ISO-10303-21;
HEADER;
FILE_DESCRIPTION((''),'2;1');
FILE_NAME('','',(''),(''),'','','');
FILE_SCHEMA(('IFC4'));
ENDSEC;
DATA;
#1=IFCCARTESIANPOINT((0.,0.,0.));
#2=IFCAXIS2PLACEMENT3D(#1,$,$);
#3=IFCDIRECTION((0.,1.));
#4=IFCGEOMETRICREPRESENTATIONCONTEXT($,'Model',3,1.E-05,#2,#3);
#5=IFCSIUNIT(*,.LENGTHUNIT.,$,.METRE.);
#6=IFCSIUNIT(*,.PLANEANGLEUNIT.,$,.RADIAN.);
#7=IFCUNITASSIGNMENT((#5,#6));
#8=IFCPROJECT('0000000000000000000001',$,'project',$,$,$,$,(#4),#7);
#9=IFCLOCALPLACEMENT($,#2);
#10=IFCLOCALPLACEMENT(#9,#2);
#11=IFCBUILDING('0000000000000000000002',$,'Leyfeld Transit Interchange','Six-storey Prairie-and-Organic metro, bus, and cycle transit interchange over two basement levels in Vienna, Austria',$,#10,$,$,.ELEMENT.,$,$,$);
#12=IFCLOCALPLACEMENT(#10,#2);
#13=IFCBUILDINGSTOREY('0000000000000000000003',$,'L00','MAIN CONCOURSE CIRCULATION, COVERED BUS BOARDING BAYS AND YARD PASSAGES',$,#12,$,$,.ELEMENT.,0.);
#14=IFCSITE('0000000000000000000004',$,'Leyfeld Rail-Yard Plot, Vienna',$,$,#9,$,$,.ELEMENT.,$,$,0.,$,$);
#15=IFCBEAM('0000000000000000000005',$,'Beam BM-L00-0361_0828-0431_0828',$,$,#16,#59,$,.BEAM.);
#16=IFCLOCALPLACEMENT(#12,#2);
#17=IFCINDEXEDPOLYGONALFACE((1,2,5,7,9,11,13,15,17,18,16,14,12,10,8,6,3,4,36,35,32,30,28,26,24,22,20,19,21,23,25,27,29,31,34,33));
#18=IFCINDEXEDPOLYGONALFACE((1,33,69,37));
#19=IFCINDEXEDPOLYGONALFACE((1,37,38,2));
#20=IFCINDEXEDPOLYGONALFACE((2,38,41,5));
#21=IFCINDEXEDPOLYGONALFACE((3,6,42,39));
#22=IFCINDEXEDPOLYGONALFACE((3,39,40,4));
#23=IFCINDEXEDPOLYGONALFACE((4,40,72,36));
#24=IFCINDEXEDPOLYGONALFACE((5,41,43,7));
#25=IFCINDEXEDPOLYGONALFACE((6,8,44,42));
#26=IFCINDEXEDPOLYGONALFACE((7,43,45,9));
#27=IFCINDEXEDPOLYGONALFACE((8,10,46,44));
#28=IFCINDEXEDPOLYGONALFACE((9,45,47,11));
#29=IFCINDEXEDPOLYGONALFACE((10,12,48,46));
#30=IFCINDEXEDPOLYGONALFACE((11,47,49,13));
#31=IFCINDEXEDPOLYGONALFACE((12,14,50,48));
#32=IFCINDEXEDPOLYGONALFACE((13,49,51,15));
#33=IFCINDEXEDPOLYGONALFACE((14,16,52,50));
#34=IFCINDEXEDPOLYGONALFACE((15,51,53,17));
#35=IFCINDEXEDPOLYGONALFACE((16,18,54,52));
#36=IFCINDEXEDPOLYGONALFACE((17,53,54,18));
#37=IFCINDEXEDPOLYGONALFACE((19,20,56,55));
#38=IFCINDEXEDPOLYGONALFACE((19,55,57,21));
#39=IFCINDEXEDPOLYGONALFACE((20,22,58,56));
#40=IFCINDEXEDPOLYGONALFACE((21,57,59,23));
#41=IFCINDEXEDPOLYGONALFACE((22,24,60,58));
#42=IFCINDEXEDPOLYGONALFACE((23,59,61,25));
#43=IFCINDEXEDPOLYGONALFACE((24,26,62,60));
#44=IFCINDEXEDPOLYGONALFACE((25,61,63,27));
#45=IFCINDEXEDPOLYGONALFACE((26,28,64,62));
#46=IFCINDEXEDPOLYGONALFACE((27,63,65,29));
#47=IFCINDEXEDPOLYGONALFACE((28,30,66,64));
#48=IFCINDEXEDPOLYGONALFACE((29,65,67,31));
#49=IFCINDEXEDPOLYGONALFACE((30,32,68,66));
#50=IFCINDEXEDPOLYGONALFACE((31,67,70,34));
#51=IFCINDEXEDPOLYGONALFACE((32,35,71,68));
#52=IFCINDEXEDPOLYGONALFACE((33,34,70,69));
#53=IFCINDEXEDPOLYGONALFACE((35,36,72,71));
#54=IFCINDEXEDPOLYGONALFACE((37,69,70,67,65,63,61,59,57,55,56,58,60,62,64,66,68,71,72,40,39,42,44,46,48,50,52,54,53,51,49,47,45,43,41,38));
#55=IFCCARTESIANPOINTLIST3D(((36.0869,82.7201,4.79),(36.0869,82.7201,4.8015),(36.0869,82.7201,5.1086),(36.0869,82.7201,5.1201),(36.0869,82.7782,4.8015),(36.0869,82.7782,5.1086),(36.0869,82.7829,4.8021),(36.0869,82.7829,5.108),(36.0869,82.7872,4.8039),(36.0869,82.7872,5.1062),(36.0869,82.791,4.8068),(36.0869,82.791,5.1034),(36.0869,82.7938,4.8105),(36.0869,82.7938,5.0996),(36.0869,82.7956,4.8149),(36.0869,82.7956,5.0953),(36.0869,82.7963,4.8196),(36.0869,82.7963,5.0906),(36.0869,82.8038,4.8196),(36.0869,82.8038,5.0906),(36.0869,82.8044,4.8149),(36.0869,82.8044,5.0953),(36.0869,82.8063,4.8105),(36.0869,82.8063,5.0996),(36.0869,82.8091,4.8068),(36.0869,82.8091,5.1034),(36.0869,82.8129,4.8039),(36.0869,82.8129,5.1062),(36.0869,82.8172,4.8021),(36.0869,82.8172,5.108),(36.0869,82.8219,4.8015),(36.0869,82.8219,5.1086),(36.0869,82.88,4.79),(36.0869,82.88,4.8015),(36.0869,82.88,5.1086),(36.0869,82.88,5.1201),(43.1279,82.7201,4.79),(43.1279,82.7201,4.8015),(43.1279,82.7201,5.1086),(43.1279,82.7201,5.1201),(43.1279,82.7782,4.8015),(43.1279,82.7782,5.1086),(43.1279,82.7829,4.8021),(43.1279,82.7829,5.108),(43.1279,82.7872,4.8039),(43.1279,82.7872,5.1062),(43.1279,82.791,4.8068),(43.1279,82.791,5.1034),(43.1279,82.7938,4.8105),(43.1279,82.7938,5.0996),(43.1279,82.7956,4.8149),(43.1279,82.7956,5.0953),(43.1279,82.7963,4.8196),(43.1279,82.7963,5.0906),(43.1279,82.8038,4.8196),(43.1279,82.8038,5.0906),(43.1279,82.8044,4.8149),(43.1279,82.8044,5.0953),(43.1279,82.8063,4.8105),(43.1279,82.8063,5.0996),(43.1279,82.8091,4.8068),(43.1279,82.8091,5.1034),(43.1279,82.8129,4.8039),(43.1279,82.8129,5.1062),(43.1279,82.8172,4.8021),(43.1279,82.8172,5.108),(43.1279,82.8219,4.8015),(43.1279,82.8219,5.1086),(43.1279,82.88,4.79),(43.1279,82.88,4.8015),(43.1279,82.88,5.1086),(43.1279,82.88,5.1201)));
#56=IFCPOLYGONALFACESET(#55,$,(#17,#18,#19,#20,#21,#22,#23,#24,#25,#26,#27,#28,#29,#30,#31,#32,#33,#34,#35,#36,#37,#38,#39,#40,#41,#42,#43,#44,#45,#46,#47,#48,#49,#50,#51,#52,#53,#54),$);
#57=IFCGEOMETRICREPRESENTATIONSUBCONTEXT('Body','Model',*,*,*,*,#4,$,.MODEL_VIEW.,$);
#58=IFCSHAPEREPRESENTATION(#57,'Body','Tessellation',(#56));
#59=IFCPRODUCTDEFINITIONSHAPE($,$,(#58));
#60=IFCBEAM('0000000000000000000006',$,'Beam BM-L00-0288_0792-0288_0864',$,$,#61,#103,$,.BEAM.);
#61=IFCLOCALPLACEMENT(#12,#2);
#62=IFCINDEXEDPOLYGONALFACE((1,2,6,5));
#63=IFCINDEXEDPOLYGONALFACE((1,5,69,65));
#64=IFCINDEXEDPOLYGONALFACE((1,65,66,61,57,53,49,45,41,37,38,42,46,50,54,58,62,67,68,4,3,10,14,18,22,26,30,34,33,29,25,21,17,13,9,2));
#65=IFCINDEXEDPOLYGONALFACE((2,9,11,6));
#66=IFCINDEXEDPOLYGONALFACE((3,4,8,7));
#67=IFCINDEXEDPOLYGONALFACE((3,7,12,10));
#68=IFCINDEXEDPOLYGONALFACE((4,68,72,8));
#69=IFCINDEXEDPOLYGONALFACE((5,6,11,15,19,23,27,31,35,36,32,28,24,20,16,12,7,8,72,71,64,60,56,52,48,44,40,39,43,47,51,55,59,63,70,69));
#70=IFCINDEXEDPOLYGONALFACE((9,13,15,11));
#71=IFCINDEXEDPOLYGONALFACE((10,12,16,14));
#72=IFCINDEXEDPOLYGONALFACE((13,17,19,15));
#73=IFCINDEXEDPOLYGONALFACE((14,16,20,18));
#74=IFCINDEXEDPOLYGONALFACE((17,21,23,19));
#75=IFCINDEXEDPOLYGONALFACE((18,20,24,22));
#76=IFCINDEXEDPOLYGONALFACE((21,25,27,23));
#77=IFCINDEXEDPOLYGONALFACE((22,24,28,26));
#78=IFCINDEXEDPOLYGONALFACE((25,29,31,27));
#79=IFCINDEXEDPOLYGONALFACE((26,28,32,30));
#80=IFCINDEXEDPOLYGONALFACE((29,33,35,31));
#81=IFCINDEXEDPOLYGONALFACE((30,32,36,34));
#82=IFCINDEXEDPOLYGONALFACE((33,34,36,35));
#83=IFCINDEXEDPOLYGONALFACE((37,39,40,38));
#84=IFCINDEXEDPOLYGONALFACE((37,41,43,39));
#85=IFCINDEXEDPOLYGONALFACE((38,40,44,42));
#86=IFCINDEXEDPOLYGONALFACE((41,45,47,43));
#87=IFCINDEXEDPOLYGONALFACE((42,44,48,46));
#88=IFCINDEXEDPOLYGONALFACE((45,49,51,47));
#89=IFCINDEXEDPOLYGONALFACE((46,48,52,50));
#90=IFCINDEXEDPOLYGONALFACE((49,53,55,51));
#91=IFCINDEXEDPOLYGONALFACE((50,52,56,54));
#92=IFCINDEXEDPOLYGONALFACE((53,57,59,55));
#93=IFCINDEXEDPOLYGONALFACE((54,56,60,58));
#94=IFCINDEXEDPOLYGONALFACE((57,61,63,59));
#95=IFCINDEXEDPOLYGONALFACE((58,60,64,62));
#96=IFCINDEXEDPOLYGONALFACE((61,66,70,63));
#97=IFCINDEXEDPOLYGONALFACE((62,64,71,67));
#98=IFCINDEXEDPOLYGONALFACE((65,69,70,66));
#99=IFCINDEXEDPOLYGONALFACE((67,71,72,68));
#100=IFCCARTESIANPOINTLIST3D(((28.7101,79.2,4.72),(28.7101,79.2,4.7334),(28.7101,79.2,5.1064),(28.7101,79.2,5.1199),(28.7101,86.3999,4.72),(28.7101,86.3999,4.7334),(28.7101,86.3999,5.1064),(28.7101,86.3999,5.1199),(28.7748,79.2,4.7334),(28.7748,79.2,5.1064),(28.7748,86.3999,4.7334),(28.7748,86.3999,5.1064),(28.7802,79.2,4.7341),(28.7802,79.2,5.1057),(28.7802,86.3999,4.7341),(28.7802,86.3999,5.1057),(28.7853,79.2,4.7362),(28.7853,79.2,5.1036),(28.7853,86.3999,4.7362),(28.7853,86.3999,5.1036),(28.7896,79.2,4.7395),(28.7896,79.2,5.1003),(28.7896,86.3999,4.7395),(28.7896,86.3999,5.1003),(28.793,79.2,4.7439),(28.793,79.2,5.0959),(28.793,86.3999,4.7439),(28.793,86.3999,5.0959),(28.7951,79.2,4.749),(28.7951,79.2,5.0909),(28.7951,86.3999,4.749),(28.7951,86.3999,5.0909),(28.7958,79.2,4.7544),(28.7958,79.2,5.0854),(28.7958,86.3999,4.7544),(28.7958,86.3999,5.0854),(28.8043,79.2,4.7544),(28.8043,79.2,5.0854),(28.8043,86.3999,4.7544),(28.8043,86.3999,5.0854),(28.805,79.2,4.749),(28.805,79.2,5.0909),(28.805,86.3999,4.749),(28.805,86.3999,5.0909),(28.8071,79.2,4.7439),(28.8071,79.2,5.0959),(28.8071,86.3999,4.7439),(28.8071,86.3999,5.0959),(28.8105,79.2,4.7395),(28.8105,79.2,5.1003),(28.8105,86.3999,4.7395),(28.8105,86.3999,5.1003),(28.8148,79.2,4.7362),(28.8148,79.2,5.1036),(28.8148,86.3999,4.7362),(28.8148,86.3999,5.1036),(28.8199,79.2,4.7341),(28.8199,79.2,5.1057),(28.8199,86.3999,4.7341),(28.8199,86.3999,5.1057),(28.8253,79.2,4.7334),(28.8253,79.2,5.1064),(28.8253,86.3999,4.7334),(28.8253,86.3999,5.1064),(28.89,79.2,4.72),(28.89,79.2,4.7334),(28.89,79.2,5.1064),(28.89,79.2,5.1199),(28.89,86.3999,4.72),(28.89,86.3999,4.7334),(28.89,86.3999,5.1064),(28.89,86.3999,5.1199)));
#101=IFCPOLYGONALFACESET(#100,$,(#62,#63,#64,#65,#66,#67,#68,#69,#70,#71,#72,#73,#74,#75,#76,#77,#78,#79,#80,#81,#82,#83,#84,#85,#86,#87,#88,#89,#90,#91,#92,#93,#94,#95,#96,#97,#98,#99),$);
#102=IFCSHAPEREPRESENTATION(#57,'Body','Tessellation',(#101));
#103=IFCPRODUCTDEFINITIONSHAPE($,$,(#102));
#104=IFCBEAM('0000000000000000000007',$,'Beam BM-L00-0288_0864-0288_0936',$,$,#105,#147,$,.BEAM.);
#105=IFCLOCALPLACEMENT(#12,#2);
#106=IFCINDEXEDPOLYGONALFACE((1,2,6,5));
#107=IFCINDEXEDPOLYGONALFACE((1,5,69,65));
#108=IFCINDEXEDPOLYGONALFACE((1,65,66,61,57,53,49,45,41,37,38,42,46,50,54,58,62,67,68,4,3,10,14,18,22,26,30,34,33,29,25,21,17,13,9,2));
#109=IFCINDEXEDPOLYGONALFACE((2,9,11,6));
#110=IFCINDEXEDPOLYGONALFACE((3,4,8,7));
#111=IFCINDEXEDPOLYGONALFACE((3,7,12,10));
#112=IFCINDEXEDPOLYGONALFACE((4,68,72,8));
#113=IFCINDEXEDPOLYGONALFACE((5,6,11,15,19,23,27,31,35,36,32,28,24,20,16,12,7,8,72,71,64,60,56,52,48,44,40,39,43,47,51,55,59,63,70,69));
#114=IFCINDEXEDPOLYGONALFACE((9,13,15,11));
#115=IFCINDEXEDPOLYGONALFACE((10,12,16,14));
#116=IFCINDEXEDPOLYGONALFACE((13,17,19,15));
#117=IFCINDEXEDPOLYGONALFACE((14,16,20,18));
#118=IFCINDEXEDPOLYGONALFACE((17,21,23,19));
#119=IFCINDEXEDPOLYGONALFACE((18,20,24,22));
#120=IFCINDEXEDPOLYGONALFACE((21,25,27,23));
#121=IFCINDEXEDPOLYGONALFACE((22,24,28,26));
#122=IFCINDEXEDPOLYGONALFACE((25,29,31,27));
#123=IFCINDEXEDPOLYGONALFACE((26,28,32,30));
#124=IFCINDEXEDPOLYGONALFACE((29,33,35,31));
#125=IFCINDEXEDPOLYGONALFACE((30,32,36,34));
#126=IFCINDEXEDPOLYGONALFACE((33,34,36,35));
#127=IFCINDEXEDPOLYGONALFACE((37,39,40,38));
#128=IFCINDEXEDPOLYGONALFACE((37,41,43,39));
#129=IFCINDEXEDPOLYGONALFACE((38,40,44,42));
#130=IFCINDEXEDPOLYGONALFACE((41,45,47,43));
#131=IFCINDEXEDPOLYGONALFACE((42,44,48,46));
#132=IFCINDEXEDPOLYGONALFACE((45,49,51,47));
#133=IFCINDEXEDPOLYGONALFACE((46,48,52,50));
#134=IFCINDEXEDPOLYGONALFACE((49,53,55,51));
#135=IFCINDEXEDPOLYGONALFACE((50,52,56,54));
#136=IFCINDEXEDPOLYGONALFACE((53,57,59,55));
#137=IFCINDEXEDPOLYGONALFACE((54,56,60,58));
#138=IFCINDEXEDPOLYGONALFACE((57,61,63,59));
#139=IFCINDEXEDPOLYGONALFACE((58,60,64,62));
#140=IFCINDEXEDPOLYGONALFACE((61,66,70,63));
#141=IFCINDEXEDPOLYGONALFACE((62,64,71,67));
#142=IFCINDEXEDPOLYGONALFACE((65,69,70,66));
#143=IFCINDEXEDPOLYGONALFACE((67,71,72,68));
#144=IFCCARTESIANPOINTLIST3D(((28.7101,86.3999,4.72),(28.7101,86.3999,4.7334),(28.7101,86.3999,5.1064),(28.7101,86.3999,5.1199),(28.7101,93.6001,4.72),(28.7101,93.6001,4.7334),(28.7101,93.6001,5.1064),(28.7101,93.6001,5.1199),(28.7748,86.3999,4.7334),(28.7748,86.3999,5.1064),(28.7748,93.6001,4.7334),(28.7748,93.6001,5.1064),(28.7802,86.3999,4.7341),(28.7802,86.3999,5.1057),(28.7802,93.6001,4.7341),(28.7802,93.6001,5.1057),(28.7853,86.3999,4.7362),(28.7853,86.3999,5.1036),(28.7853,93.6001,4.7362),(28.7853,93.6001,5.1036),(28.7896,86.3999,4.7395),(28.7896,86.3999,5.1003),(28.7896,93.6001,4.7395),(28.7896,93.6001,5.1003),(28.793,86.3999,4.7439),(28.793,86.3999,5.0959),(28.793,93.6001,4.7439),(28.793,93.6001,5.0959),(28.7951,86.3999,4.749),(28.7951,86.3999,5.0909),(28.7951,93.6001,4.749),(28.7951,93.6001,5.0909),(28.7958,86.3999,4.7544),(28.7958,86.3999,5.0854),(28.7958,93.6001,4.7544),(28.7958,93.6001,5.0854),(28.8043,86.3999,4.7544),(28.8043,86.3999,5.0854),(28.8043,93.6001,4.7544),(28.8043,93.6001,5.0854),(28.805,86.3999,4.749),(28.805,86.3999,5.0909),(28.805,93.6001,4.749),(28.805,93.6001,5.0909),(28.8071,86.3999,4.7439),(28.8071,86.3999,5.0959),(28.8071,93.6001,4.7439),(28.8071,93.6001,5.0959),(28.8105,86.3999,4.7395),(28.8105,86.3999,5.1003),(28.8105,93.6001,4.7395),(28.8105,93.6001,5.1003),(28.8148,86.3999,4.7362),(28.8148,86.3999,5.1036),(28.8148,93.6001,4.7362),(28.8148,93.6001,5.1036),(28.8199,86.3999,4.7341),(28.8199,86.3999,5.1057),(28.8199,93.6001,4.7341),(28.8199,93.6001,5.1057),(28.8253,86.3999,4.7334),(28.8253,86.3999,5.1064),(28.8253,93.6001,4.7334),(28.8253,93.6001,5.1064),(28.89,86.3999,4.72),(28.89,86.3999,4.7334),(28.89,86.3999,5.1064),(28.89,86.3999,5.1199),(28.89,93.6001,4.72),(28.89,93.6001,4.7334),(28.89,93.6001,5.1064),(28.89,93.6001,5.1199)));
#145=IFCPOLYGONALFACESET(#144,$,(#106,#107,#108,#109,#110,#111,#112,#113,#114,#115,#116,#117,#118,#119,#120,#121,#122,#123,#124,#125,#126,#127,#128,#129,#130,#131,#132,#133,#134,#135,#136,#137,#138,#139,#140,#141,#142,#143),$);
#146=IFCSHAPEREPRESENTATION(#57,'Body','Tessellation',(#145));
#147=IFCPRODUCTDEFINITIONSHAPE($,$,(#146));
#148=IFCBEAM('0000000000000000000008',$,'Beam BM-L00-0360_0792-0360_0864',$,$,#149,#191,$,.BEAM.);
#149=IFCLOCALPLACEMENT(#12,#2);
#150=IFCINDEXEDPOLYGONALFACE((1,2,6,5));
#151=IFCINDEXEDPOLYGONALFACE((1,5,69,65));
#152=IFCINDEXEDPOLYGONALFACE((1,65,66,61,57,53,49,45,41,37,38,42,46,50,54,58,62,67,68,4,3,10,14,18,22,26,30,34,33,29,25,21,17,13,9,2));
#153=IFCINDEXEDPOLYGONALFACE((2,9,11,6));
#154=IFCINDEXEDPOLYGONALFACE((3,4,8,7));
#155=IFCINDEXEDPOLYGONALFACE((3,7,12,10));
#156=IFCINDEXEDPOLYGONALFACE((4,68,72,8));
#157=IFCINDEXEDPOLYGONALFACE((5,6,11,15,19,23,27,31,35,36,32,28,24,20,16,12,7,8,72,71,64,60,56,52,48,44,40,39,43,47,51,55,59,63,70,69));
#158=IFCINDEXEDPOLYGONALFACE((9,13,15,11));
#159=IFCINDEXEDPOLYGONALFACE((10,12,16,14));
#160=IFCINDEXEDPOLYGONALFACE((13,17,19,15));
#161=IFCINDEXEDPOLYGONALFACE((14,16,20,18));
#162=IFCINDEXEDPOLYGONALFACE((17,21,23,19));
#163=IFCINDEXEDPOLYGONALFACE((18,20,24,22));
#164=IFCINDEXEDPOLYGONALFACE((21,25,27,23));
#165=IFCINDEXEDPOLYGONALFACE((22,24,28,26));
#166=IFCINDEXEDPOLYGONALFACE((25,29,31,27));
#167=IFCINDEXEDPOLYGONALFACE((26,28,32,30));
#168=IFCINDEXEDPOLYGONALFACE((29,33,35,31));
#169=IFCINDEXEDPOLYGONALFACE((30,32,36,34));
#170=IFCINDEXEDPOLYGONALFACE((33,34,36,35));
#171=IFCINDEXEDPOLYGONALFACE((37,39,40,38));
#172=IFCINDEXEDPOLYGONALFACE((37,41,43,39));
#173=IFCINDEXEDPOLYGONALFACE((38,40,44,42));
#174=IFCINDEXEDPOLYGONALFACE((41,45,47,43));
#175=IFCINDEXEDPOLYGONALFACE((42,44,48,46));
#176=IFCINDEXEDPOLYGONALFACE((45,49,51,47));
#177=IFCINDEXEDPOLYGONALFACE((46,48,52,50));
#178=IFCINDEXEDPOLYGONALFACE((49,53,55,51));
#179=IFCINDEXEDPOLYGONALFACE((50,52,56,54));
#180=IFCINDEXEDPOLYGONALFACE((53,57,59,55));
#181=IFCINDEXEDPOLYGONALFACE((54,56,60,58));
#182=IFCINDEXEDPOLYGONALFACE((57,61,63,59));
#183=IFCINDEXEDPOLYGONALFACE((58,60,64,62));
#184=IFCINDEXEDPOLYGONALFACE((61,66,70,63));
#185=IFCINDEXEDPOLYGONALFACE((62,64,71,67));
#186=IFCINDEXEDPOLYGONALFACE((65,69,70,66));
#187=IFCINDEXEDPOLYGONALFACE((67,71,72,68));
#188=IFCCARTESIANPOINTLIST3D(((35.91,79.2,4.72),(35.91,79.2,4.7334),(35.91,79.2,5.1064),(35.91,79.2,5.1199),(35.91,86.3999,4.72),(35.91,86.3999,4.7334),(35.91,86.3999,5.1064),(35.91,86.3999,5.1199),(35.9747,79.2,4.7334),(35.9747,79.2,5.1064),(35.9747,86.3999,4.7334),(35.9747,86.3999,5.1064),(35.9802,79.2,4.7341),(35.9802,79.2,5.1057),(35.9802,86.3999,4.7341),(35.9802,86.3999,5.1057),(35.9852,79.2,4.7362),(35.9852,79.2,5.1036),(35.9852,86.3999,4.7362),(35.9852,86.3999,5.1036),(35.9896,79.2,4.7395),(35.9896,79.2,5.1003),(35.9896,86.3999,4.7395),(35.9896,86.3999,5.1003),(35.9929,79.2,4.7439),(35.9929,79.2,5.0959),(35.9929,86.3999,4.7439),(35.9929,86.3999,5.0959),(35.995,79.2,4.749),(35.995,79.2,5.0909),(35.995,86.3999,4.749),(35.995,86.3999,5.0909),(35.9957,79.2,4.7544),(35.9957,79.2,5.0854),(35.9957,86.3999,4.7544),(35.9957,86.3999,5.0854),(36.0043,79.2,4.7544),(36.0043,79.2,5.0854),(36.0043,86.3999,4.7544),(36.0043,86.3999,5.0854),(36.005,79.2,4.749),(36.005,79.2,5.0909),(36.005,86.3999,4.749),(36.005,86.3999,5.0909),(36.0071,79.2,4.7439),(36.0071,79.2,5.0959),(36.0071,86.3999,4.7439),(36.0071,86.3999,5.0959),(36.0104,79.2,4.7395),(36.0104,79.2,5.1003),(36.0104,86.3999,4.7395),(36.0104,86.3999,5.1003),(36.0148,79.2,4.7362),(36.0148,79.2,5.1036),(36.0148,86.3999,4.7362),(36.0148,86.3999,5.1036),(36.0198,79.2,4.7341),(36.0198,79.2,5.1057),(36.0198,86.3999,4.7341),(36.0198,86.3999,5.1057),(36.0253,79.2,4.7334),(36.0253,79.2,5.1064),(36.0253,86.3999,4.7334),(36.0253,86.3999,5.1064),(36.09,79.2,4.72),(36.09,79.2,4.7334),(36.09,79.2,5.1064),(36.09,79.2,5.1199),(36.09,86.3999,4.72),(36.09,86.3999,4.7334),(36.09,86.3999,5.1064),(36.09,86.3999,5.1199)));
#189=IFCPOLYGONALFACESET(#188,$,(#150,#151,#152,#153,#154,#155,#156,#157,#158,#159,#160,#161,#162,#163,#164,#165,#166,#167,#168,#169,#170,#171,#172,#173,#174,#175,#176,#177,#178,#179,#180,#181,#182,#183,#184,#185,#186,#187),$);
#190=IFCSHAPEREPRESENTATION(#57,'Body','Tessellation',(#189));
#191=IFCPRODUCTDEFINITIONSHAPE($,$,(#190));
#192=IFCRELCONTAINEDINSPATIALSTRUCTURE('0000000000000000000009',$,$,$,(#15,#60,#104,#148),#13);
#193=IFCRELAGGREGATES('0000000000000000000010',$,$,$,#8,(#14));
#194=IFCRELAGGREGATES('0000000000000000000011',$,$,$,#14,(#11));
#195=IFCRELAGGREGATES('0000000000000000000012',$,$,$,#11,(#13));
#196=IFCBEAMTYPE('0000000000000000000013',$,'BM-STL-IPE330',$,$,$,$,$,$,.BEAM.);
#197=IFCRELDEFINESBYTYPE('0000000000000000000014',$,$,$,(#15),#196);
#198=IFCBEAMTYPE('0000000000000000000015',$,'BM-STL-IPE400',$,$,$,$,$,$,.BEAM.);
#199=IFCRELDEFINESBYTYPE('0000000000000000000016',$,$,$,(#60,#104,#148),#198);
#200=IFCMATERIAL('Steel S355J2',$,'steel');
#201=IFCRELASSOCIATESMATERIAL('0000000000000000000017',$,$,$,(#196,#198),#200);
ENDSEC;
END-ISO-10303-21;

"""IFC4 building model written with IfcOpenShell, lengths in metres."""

from ifc_helpers import new_model, si_unit, direction, frame, origin, origin_2d, place, context, subcontext, project, spatial, i_section, extrude, material, material_profile, profile_set, type_object, element, save


model = new_model("IFC4")

# Units and contexts
model_context = context("Model", 3, precision=1e-05, world=origin(), true_north=direction((0.0, 1.0)))
body_context = subcontext(model_context, "Body", "Model", "MODEL_VIEW")
ifc_project = project(units=[si_unit("LENGTHUNIT", "METRE"), si_unit("PLANEANGLEUNIT", "RADIAN")], contexts=[model_context])

# Site, building, storey
site_placement = place(None, origin())
site = spatial("IfcSite", under=ifc_project, at=site_placement, Name="Leyfeld Rail-Yard Plot, Vienna", CompositionType="ELEMENT", RefElevation=0.0)
building_placement = place(site_placement, origin())
building = spatial("IfcBuilding", under=site, at=building_placement, Name="Leyfeld Transit Interchange", Description="Six-storey Prairie-and-Organic metro, bus, and cycle transit interchange over two basement levels in Vienna, Austria", CompositionType="ELEMENT")
storey_placement = place(building_placement, origin())
storey = spatial("IfcBuildingStorey", under=building, at=storey_placement, Name="L00", Description="MAIN CONCOURSE CIRCULATION, COVERED BUS BOARDING BAYS AND YARD PASSAGES", CompositionType="ELEMENT", Elevation=0.0)

# Beams
ifc_material_1 = material(Name="Steel S355J2", Category="steel")
ifc_material_profile_1 = material_profile(ifc_material_1, i_section(OverallWidth=0.1599, OverallDepth=0.3301, WebThickness=0.0076, FlangeThickness=0.0115, FilletRadius=0.0181, at=origin_2d()), Name="IPE 330")
ifc_profile_set_1 = profile_set([ifc_material_profile_1], Name="Steel S355J2")
beam_type_1 = type_object("IfcBeamType", Name="BM-STL-IPE330", PredefinedType="BEAM", material=ifc_profile_set_1)
beam_1_placement = place(storey_placement, frame((36.0869, 82.8, 4.9551), z_axis=(1.0, 0.0, 0.0), x_axis=(0.0, 1.0, 0.0)))
element("IfcBeam", 1, at=beam_1_placement, inside=storey, type_object=beam_type_1, Name="Beam BM-L00-0361_0828-0431_0828", PredefinedType="BEAM", context=body_context, shape_type="SweptSolid", body=[
    extrude(i_section(OverallWidth=0.1599, OverallDepth=0.3301, WebThickness=0.0076, FlangeThickness=0.0115, FilletRadius=0.0181, at=origin_2d()), origin(), (0.0, 0.0, 1.0), 7.041),
])
ifc_material_profile_2 = material_profile(ifc_material_1, i_section(OverallWidth=0.1799, OverallDepth=0.3999, WebThickness=0.0085, FlangeThickness=0.0134, FilletRadius=0.021, at=origin_2d()), Name="IPE 400")
ifc_profile_set_2 = profile_set([ifc_material_profile_2], Name="Steel S355J2")
beam_type_2 = type_object("IfcBeamType", Name="BM-STL-IPE400", PredefinedType="BEAM", material=ifc_profile_set_2)
beam_2_placement = place(storey_placement, frame((28.8, 79.2, 4.9199), z_axis=(0.0, 1.0, 0.0), x_axis=(-1.0, 0.0, 0.0)))
element("IfcBeam", 2, at=beam_2_placement, inside=storey, type_object=beam_type_2, Name="Beam BM-L00-0288_0792-0288_0864", PredefinedType="BEAM", context=body_context, shape_type="SweptSolid", body=[
    extrude(i_section(OverallWidth=0.1799, OverallDepth=0.3999, WebThickness=0.0085, FlangeThickness=0.0134, FilletRadius=0.021, at=origin_2d()), origin(), (0.0, 0.0, 1.0), 7.2),
])
beam_3_placement = place(storey_placement, frame((28.8, 86.3999, 4.9199), z_axis=(0.0, 1.0, 0.0), x_axis=(-1.0, 0.0, 0.0)))
element("IfcBeam", 3, at=beam_3_placement, inside=storey, type_object=beam_type_2, Name="Beam BM-L00-0288_0864-0288_0936", PredefinedType="BEAM", context=body_context, shape_type="SweptSolid", body=[
    extrude(i_section(OverallWidth=0.1799, OverallDepth=0.3999, WebThickness=0.0085, FlangeThickness=0.0134, FilletRadius=0.021, at=origin_2d()), origin(), (0.0, 0.0, 1.0), 7.2002),
])
beam_4_placement = place(storey_placement, frame((36.0, 79.2, 4.9199), z_axis=(0.0, 1.0, 0.0), x_axis=(-1.0, 0.0, 0.0)))
element("IfcBeam", 4, at=beam_4_placement, inside=storey, type_object=beam_type_2, Name="Beam BM-L00-0360_0792-0360_0864", PredefinedType="BEAM", context=body_context, shape_type="SweptSolid", body=[
    extrude(i_section(OverallWidth=0.1799, OverallDepth=0.3999, WebThickness=0.0085, FlangeThickness=0.0134, FilletRadius=0.021, at=origin_2d()), origin(), (0.0, 0.0, 1.0), 7.2),
])

save(model, "model.ifc")
